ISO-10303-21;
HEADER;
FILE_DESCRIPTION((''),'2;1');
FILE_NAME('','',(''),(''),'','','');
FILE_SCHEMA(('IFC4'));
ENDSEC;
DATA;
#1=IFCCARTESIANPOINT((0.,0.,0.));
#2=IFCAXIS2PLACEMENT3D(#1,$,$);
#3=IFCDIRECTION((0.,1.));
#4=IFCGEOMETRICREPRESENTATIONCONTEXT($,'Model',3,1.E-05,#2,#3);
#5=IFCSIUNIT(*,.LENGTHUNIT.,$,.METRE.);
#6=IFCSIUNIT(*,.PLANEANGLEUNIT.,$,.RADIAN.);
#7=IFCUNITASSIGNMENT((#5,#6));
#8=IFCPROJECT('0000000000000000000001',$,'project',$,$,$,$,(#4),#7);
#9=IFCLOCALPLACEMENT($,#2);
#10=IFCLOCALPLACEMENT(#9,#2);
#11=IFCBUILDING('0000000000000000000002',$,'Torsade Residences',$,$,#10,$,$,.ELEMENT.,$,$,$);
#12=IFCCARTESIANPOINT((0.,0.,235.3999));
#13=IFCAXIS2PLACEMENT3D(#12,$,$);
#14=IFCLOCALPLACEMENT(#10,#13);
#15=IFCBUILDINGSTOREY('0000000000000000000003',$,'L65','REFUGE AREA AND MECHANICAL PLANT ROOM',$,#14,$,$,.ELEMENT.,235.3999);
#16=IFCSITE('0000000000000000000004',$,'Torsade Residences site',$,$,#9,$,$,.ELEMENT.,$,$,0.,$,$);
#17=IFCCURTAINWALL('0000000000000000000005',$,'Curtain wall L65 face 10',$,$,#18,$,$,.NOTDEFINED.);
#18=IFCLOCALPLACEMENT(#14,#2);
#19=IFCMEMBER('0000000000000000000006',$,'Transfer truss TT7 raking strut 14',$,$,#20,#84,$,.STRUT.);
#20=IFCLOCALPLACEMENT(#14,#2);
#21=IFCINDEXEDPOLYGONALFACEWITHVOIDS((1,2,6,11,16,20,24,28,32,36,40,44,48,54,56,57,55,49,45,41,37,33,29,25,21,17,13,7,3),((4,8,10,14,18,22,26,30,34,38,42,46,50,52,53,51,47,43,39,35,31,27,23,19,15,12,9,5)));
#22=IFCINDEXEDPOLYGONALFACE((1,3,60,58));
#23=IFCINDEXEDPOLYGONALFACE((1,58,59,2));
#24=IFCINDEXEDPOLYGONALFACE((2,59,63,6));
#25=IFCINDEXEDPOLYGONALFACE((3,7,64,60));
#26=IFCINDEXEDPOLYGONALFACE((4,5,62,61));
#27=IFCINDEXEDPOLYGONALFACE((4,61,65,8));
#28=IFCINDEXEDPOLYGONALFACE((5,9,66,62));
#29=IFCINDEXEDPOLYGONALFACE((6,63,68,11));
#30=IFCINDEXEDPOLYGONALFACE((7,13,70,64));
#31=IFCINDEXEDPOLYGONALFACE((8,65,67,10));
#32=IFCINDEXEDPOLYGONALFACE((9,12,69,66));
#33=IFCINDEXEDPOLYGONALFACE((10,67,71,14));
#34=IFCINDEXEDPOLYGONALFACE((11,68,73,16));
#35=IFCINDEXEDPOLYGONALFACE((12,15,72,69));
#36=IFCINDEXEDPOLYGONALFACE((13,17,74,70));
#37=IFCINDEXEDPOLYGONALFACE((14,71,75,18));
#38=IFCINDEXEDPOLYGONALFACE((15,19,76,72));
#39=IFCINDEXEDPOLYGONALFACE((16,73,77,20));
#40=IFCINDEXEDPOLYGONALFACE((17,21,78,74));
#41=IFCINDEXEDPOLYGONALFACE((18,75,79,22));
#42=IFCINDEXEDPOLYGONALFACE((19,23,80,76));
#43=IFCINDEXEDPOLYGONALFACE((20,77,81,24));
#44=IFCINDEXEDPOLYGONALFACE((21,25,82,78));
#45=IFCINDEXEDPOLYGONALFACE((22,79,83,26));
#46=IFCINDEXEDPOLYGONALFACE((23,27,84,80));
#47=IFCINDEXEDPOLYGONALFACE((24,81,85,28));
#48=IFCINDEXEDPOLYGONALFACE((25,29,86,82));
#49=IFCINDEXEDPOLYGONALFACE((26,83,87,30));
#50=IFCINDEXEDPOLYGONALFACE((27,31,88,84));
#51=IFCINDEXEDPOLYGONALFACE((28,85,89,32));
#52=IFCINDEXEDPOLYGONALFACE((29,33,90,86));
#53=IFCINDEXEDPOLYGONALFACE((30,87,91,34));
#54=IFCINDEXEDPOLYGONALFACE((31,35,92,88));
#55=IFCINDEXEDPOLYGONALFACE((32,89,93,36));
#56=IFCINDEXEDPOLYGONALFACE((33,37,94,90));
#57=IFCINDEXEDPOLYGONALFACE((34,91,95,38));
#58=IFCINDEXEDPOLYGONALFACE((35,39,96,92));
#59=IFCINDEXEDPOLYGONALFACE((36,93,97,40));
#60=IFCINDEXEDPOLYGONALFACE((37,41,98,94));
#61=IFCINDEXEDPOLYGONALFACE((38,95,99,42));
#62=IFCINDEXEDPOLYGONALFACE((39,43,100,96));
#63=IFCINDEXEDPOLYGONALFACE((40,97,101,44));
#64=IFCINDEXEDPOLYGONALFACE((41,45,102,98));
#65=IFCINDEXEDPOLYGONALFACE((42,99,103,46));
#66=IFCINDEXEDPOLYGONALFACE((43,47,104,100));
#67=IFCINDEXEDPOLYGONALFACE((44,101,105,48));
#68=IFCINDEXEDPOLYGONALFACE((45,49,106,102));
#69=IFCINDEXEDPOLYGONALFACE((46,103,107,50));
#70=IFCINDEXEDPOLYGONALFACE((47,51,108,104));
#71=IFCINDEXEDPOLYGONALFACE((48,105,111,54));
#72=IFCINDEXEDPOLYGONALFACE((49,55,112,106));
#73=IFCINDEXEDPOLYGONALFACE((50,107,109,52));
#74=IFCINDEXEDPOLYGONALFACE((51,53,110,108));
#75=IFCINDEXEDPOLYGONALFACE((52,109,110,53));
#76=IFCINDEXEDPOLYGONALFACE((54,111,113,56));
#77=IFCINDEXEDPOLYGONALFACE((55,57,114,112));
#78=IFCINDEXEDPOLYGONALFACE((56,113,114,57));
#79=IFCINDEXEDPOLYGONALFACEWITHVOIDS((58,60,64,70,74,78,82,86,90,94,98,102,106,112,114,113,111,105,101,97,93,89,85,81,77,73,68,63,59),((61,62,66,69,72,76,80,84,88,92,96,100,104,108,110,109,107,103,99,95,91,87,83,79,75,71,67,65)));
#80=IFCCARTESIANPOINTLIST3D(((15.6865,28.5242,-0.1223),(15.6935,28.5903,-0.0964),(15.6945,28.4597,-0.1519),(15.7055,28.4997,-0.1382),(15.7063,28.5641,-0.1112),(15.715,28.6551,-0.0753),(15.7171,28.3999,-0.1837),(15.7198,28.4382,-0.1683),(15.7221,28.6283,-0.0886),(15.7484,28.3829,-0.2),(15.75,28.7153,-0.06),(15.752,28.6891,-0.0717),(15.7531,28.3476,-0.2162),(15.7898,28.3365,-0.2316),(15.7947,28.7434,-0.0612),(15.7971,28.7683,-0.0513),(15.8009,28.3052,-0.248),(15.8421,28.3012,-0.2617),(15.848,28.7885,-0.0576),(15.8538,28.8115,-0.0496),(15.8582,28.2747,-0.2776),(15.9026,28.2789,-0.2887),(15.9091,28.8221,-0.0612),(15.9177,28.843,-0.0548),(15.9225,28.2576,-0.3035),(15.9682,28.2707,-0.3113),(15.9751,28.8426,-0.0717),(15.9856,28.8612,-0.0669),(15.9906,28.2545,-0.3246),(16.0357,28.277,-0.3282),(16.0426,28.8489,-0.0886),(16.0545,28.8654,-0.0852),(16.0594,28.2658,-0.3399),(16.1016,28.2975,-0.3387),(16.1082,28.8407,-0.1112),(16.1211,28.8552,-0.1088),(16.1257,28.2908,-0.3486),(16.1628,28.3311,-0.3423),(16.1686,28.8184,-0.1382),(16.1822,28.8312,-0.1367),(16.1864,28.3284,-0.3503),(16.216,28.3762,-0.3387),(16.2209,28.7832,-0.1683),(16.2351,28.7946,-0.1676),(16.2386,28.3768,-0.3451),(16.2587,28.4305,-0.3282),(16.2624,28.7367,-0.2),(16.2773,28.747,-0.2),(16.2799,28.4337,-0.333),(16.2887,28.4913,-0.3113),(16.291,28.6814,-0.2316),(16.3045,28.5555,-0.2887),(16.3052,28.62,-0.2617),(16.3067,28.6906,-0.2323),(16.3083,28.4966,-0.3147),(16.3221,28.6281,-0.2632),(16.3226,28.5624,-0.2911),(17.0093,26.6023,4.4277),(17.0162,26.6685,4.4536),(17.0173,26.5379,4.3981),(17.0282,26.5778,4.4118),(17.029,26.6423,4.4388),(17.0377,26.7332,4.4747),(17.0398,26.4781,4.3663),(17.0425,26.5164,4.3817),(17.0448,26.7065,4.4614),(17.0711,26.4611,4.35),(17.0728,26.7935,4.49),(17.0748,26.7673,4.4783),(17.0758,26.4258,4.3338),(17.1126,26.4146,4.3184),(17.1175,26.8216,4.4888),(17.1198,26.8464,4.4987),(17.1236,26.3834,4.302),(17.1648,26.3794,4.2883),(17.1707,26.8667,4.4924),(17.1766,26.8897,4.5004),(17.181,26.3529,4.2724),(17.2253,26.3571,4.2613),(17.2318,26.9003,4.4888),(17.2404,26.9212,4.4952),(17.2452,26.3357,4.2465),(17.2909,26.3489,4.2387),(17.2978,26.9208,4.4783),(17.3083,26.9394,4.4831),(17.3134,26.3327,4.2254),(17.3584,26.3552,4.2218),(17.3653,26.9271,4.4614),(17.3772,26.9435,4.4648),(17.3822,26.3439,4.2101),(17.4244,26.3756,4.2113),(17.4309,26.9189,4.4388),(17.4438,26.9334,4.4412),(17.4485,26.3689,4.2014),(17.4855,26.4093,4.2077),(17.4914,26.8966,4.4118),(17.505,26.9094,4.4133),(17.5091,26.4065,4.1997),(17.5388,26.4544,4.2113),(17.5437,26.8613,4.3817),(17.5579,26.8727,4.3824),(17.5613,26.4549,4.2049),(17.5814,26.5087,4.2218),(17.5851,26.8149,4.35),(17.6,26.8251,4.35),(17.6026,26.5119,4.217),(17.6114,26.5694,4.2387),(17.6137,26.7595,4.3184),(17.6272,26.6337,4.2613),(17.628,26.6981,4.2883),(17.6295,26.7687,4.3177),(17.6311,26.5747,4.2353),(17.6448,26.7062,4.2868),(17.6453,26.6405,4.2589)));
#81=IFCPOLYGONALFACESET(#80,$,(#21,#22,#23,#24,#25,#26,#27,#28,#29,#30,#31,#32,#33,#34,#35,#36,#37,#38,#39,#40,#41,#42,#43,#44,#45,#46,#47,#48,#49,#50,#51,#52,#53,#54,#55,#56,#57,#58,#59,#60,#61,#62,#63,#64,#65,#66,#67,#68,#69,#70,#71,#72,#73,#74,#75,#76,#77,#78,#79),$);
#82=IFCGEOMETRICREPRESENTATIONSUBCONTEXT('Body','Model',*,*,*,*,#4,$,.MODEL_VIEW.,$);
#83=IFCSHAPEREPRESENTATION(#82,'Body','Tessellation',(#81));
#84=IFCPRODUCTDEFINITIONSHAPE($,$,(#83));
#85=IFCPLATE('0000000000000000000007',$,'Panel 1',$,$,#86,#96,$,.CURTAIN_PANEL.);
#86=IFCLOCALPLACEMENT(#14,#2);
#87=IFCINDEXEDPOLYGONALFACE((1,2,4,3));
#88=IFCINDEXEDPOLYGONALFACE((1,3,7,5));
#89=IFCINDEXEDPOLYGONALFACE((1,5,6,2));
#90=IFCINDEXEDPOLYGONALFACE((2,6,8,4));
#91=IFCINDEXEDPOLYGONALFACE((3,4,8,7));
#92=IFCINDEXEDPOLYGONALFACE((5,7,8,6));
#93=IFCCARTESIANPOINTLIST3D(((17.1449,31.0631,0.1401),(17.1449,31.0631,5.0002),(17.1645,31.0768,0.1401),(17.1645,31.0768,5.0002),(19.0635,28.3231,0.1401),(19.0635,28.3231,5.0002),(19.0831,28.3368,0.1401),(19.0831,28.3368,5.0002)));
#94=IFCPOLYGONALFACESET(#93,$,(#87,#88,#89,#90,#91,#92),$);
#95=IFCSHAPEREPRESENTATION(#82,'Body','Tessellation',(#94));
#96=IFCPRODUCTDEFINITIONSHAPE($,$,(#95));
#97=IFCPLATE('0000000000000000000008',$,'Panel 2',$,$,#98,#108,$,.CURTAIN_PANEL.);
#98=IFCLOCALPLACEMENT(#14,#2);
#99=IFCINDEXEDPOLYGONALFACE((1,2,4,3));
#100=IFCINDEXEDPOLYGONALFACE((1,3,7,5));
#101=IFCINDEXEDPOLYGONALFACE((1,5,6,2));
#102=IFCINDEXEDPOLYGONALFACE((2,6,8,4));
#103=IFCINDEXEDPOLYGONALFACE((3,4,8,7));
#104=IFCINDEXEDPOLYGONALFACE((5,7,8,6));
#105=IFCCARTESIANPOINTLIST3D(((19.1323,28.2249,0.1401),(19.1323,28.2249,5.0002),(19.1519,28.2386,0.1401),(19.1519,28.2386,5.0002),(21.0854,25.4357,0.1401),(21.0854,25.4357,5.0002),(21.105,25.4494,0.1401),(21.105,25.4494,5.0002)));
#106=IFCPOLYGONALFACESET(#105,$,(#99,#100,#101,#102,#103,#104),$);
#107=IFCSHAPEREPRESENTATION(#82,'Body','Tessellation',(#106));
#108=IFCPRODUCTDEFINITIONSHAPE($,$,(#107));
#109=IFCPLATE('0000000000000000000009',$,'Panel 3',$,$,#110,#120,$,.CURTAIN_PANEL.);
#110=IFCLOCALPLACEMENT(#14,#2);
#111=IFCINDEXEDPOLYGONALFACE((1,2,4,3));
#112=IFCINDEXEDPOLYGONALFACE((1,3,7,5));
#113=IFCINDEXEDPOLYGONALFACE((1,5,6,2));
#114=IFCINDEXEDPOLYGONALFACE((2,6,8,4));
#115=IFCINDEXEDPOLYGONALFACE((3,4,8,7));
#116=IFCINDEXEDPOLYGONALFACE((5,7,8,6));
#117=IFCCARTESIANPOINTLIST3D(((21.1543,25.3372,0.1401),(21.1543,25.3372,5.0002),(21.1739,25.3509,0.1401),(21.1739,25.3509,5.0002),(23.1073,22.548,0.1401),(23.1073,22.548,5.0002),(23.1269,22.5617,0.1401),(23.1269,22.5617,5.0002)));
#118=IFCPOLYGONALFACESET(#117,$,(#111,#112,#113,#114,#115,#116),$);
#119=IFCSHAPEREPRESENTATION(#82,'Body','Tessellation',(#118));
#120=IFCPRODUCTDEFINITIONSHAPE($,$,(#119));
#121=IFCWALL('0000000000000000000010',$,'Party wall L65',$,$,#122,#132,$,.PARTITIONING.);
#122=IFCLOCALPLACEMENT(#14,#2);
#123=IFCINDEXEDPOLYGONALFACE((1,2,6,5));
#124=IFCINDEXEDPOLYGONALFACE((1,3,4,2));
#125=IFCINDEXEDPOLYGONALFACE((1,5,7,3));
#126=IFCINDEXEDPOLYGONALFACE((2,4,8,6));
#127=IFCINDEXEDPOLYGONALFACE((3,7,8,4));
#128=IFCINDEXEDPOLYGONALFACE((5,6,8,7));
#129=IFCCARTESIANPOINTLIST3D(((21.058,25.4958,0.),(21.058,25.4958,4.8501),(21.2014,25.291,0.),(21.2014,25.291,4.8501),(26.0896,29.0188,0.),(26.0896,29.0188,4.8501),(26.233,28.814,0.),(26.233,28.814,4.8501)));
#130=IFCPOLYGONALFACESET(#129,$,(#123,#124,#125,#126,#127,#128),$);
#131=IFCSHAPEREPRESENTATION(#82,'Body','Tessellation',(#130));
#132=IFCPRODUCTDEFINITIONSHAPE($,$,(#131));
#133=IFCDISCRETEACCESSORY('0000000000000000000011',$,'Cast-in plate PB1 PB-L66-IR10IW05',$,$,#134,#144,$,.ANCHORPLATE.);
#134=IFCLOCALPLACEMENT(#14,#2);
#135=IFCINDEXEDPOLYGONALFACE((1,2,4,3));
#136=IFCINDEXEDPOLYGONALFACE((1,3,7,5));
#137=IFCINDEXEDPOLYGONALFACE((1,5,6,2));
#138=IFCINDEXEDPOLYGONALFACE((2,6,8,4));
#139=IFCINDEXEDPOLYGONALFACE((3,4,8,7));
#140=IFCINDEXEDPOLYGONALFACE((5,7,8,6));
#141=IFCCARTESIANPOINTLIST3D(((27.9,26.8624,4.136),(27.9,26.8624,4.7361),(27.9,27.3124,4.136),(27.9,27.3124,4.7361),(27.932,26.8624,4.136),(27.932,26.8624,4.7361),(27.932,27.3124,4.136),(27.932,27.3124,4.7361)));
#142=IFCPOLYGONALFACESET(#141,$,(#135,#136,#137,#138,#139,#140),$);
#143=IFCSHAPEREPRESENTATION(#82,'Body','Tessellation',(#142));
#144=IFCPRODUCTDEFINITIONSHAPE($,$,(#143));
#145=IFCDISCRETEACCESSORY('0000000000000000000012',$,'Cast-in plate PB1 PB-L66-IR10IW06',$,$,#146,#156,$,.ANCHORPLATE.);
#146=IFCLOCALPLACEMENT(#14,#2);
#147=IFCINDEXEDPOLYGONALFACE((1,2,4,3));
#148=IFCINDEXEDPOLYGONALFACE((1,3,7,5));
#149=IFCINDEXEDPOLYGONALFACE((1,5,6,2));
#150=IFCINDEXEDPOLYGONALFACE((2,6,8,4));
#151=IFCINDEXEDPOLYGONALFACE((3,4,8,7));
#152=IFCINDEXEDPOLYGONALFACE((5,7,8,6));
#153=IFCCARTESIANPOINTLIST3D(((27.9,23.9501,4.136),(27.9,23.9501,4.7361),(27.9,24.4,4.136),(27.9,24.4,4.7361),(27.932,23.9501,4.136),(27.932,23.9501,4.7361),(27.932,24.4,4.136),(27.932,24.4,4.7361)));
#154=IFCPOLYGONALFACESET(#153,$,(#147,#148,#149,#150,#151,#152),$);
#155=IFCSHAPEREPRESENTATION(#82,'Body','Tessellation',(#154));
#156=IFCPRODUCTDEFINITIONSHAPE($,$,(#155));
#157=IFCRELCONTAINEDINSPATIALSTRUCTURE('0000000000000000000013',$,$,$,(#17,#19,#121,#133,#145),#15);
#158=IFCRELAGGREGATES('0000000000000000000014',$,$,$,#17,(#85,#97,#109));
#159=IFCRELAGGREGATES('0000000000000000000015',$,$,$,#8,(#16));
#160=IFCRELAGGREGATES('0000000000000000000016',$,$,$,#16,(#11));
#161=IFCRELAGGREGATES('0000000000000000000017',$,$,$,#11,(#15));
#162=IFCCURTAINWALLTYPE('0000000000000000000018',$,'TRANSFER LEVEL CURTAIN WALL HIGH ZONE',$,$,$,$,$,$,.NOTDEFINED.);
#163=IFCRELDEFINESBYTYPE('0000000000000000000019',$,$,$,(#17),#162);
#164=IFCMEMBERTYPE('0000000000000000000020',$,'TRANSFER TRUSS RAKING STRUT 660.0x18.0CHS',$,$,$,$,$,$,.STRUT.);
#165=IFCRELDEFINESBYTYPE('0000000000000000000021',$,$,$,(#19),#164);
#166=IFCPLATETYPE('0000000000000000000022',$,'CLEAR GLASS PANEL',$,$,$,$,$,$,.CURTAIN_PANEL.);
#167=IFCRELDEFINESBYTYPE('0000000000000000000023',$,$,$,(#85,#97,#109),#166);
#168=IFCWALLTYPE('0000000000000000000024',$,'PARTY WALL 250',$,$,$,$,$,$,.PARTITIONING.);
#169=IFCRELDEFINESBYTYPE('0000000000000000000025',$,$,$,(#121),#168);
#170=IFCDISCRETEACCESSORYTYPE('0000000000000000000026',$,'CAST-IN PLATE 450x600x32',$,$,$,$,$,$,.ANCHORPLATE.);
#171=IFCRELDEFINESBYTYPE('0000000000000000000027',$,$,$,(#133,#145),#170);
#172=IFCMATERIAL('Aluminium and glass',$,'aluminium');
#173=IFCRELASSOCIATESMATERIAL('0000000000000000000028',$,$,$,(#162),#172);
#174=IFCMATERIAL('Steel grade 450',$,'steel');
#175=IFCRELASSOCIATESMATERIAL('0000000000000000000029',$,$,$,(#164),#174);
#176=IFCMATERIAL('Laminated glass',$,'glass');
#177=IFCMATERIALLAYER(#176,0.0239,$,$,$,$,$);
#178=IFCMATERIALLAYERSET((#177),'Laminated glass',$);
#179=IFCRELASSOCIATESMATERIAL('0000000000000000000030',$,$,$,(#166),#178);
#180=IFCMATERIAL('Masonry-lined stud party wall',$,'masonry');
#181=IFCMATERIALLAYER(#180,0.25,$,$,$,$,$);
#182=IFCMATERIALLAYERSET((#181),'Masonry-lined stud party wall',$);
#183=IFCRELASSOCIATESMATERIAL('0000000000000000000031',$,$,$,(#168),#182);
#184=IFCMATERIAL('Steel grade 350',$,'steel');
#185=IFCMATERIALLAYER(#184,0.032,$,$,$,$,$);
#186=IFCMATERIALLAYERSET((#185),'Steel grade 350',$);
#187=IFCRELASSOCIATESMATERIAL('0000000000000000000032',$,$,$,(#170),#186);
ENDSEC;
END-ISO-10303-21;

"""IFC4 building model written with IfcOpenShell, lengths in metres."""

from ifc_helpers import new_model, si_unit, direction, frame, frame_2d, origin, origin_2d, place, context, subcontext, project, spatial, rectangle, hollow_circle, extrude, material, layer, layer_set, material_profile, profile_set, type_object, element, aggregate, save


model = new_model("IFC4")

# Units and contexts
model_context = context("Model", 3, precision=1e-05, world=origin(), true_north=direction((0.0, 1.0)))
body_context = subcontext(model_context, "Body", "Model", "MODEL_VIEW")
ifc_project = project(units=[si_unit("LENGTHUNIT", "METRE"), si_unit("PLANEANGLEUNIT", "RADIAN")], contexts=[model_context])

# Site, building, storey
site_placement = place(None, origin())
site = spatial("IfcSite", under=ifc_project, at=site_placement, Name="Torsade Residences site", CompositionType="ELEMENT", RefElevation=0.0)
building_placement = place(site_placement, origin())
building = spatial("IfcBuilding", under=site, at=building_placement, Name="Torsade Residences", CompositionType="ELEMENT")
storey_placement = place(building_placement, frame((0.0, 0.0, 235.3999)))
storey = spatial("IfcBuildingStorey", under=building, at=storey_placement, Name="L65", Description="REFUGE AREA AND MECHANICAL PLANT ROOM", CompositionType="ELEMENT", Elevation=235.3999)

# Curtain wall
ifc_material_1 = material(Name="Aluminium and glass", Category="aluminium")
curtain_wall_type = type_object("IfcCurtainWallType", Name="TRANSFER LEVEL CURTAIN WALL HIGH ZONE", PredefinedType="NOTDEFINED", material=ifc_material_1)
curtain_wall_placement = place(storey_placement, origin())
curtain_wall = element("IfcCurtainWall", 1, at=curtain_wall_placement, inside=storey, type_object=curtain_wall_type, Name="Curtain wall L65 face 10", PredefinedType="NOTDEFINED")

# Member
ifc_material_2 = material(Name="Steel grade 450", Category="steel")
ifc_material_profile_1 = material_profile(ifc_material_2, hollow_circle(Radius=0.3301, WallThickness=0.0181, at=origin_2d()), Name="660.0x18.0CHS")
ifc_profile_set_1 = profile_set([ifc_material_profile_1], Name="Steel grade 450")
member_type_1 = type_object("IfcMemberType", Name="TRANSFER TRUSS RAKING STRUT 660.0x18.0CHS", PredefinedType="STRUT", material=ifc_profile_set_1)
member_1_placement = place(storey_placement, frame((16.0054, 28.5598, -0.2), z_axis=(0.258687, -0.375855, 0.889839), x_axis=(0.823749, 0.566955, 0.0)))
element("IfcMember", 2, at=member_1_placement, inside=storey, type_object=member_type_1, Name="Transfer truss TT7 raking strut 14", PredefinedType="STRUT", context=body_context, shape_type="SweptSolid", body=[
    extrude(hollow_circle(Radius=0.3301, WallThickness=0.0181, at=origin_2d()), origin(), (0.0, 0.0, 1.0), 5.1133),
])

# Plates
ifc_material_3 = material(Name="Laminated glass", Category="glass")
ifc_layer_1 = layer(ifc_material_3, 0.0239)
ifc_layer_set_1 = layer_set([ifc_layer_1], Name="Laminated glass")
plate_type = type_object("IfcPlateType", Name="CLEAR GLASS PANEL", PredefinedType="CURTAIN_PANEL", material=ifc_layer_set_1)
plate_1_placement = place(storey_placement, frame((18.114, 29.7, 0.1401), z_axis=(0.0, 0.0, 1.0), x_axis=(0.573576, -0.819152, 0.0)))
plate_1 = element("IfcPlate", 3, at=plate_1_placement, type_object=plate_type, Name="Panel 1", PredefinedType="CURTAIN_PANEL", context=body_context, shape_type="SweptSolid", body=[
    extrude(rectangle(XDim=3.345, YDim=0.0239, at=origin_2d()), origin(), (0.0, 0.0, 1.0), 4.8601),
])
plate_2_placement = place(storey_placement, frame((20.1187, 26.8372, 0.1401), z_axis=(0.0, 0.0, 1.0), x_axis=(0.573576, -0.819152, 0.0)))
plate_2 = element("IfcPlate", 4, at=plate_2_placement, type_object=plate_type, Name="Panel 2", PredefinedType="CURTAIN_PANEL", context=body_context, shape_type="SweptSolid", body=[
    extrude(rectangle(XDim=3.405, YDim=0.0239, at=origin_2d()), origin(), (0.0, 0.0, 1.0), 4.8601),
])
plate_3_placement = place(storey_placement, frame((22.1406, 23.9495, 0.1401), z_axis=(0.0, 0.0, 1.0), x_axis=(0.573576, -0.819152, 0.0)))
plate_3 = element("IfcPlate", 5, at=plate_3_placement, type_object=plate_type, Name="Panel 3", PredefinedType="CURTAIN_PANEL", context=body_context, shape_type="SweptSolid", body=[
    extrude(rectangle(XDim=3.405, YDim=0.0239, at=origin_2d()), origin(), (0.0, 0.0, 1.0), 4.8601),
])
aggregate(curtain_wall, [plate_1, plate_2, plate_3])

# Wall
ifc_material_4 = material(Name="Masonry-lined stud party wall", Category="masonry")
ifc_layer_2 = layer(ifc_material_4, 0.25)
ifc_layer_set_2 = layer_set([ifc_layer_2], Name="Masonry-lined stud party wall")
wall_type = type_object("IfcWallType", Name="PARTY WALL 250", PredefinedType="PARTITIONING", material=ifc_layer_set_2)
wall_placement = place(storey_placement, frame((21.1296, 25.3933, 0.0), z_axis=(0.0, 0.0, 1.0), x_axis=(0.819163, 0.573561, 0.0)))
element("IfcWall", 6, at=wall_placement, inside=storey, type_object=wall_type, Name="Party wall L65", PredefinedType="PARTITIONING", context=body_context, shape_type="SweptSolid", body=[
    extrude(rectangle(XDim=6.1423, YDim=0.25, at=frame_2d((3.0713, 0.0))), origin(), (0.0, 0.0, 1.0), 4.8501),
])

# Discrete accessories
ifc_material_5 = material(Name="Steel grade 350", Category="steel")
ifc_layer_3 = layer(ifc_material_5, 0.032)
ifc_layer_set_3 = layer_set([ifc_layer_3], Name="Steel grade 350")
discrete_accessory_type = type_object("IfcDiscreteAccessoryType", Name="CAST-IN PLATE 450x600x32", PredefinedType="ANCHORPLATE", material=ifc_layer_set_3)
for number, where, z_axis, x_axis, name in (
    (7, (27.916, 27.0874, 4.136), (0.0, 0.0, 1.0), (1.0, 0.0, 0.0), "Cast-in plate PB1 PB-L66-IR10IW05"),
    (8, (27.916, 24.175, 4.136), (0.0, 0.0, 1.0), (1.0, 0.0, 0.0), "Cast-in plate PB1 PB-L66-IR10IW06"),
):
    element("IfcDiscreteAccessory", number, at=place(storey_placement, frame(where, z_axis=z_axis, x_axis=x_axis)), inside=storey, type_object=discrete_accessory_type, Name=name, PredefinedType="ANCHORPLATE", context=body_context, shape_type="SweptSolid", body=[
        extrude(rectangle(XDim=0.032, YDim=0.45, at=origin_2d()), origin(), (0.0, 0.0, 1.0), 0.6001),
    ])

save(model, "model.ifc")
